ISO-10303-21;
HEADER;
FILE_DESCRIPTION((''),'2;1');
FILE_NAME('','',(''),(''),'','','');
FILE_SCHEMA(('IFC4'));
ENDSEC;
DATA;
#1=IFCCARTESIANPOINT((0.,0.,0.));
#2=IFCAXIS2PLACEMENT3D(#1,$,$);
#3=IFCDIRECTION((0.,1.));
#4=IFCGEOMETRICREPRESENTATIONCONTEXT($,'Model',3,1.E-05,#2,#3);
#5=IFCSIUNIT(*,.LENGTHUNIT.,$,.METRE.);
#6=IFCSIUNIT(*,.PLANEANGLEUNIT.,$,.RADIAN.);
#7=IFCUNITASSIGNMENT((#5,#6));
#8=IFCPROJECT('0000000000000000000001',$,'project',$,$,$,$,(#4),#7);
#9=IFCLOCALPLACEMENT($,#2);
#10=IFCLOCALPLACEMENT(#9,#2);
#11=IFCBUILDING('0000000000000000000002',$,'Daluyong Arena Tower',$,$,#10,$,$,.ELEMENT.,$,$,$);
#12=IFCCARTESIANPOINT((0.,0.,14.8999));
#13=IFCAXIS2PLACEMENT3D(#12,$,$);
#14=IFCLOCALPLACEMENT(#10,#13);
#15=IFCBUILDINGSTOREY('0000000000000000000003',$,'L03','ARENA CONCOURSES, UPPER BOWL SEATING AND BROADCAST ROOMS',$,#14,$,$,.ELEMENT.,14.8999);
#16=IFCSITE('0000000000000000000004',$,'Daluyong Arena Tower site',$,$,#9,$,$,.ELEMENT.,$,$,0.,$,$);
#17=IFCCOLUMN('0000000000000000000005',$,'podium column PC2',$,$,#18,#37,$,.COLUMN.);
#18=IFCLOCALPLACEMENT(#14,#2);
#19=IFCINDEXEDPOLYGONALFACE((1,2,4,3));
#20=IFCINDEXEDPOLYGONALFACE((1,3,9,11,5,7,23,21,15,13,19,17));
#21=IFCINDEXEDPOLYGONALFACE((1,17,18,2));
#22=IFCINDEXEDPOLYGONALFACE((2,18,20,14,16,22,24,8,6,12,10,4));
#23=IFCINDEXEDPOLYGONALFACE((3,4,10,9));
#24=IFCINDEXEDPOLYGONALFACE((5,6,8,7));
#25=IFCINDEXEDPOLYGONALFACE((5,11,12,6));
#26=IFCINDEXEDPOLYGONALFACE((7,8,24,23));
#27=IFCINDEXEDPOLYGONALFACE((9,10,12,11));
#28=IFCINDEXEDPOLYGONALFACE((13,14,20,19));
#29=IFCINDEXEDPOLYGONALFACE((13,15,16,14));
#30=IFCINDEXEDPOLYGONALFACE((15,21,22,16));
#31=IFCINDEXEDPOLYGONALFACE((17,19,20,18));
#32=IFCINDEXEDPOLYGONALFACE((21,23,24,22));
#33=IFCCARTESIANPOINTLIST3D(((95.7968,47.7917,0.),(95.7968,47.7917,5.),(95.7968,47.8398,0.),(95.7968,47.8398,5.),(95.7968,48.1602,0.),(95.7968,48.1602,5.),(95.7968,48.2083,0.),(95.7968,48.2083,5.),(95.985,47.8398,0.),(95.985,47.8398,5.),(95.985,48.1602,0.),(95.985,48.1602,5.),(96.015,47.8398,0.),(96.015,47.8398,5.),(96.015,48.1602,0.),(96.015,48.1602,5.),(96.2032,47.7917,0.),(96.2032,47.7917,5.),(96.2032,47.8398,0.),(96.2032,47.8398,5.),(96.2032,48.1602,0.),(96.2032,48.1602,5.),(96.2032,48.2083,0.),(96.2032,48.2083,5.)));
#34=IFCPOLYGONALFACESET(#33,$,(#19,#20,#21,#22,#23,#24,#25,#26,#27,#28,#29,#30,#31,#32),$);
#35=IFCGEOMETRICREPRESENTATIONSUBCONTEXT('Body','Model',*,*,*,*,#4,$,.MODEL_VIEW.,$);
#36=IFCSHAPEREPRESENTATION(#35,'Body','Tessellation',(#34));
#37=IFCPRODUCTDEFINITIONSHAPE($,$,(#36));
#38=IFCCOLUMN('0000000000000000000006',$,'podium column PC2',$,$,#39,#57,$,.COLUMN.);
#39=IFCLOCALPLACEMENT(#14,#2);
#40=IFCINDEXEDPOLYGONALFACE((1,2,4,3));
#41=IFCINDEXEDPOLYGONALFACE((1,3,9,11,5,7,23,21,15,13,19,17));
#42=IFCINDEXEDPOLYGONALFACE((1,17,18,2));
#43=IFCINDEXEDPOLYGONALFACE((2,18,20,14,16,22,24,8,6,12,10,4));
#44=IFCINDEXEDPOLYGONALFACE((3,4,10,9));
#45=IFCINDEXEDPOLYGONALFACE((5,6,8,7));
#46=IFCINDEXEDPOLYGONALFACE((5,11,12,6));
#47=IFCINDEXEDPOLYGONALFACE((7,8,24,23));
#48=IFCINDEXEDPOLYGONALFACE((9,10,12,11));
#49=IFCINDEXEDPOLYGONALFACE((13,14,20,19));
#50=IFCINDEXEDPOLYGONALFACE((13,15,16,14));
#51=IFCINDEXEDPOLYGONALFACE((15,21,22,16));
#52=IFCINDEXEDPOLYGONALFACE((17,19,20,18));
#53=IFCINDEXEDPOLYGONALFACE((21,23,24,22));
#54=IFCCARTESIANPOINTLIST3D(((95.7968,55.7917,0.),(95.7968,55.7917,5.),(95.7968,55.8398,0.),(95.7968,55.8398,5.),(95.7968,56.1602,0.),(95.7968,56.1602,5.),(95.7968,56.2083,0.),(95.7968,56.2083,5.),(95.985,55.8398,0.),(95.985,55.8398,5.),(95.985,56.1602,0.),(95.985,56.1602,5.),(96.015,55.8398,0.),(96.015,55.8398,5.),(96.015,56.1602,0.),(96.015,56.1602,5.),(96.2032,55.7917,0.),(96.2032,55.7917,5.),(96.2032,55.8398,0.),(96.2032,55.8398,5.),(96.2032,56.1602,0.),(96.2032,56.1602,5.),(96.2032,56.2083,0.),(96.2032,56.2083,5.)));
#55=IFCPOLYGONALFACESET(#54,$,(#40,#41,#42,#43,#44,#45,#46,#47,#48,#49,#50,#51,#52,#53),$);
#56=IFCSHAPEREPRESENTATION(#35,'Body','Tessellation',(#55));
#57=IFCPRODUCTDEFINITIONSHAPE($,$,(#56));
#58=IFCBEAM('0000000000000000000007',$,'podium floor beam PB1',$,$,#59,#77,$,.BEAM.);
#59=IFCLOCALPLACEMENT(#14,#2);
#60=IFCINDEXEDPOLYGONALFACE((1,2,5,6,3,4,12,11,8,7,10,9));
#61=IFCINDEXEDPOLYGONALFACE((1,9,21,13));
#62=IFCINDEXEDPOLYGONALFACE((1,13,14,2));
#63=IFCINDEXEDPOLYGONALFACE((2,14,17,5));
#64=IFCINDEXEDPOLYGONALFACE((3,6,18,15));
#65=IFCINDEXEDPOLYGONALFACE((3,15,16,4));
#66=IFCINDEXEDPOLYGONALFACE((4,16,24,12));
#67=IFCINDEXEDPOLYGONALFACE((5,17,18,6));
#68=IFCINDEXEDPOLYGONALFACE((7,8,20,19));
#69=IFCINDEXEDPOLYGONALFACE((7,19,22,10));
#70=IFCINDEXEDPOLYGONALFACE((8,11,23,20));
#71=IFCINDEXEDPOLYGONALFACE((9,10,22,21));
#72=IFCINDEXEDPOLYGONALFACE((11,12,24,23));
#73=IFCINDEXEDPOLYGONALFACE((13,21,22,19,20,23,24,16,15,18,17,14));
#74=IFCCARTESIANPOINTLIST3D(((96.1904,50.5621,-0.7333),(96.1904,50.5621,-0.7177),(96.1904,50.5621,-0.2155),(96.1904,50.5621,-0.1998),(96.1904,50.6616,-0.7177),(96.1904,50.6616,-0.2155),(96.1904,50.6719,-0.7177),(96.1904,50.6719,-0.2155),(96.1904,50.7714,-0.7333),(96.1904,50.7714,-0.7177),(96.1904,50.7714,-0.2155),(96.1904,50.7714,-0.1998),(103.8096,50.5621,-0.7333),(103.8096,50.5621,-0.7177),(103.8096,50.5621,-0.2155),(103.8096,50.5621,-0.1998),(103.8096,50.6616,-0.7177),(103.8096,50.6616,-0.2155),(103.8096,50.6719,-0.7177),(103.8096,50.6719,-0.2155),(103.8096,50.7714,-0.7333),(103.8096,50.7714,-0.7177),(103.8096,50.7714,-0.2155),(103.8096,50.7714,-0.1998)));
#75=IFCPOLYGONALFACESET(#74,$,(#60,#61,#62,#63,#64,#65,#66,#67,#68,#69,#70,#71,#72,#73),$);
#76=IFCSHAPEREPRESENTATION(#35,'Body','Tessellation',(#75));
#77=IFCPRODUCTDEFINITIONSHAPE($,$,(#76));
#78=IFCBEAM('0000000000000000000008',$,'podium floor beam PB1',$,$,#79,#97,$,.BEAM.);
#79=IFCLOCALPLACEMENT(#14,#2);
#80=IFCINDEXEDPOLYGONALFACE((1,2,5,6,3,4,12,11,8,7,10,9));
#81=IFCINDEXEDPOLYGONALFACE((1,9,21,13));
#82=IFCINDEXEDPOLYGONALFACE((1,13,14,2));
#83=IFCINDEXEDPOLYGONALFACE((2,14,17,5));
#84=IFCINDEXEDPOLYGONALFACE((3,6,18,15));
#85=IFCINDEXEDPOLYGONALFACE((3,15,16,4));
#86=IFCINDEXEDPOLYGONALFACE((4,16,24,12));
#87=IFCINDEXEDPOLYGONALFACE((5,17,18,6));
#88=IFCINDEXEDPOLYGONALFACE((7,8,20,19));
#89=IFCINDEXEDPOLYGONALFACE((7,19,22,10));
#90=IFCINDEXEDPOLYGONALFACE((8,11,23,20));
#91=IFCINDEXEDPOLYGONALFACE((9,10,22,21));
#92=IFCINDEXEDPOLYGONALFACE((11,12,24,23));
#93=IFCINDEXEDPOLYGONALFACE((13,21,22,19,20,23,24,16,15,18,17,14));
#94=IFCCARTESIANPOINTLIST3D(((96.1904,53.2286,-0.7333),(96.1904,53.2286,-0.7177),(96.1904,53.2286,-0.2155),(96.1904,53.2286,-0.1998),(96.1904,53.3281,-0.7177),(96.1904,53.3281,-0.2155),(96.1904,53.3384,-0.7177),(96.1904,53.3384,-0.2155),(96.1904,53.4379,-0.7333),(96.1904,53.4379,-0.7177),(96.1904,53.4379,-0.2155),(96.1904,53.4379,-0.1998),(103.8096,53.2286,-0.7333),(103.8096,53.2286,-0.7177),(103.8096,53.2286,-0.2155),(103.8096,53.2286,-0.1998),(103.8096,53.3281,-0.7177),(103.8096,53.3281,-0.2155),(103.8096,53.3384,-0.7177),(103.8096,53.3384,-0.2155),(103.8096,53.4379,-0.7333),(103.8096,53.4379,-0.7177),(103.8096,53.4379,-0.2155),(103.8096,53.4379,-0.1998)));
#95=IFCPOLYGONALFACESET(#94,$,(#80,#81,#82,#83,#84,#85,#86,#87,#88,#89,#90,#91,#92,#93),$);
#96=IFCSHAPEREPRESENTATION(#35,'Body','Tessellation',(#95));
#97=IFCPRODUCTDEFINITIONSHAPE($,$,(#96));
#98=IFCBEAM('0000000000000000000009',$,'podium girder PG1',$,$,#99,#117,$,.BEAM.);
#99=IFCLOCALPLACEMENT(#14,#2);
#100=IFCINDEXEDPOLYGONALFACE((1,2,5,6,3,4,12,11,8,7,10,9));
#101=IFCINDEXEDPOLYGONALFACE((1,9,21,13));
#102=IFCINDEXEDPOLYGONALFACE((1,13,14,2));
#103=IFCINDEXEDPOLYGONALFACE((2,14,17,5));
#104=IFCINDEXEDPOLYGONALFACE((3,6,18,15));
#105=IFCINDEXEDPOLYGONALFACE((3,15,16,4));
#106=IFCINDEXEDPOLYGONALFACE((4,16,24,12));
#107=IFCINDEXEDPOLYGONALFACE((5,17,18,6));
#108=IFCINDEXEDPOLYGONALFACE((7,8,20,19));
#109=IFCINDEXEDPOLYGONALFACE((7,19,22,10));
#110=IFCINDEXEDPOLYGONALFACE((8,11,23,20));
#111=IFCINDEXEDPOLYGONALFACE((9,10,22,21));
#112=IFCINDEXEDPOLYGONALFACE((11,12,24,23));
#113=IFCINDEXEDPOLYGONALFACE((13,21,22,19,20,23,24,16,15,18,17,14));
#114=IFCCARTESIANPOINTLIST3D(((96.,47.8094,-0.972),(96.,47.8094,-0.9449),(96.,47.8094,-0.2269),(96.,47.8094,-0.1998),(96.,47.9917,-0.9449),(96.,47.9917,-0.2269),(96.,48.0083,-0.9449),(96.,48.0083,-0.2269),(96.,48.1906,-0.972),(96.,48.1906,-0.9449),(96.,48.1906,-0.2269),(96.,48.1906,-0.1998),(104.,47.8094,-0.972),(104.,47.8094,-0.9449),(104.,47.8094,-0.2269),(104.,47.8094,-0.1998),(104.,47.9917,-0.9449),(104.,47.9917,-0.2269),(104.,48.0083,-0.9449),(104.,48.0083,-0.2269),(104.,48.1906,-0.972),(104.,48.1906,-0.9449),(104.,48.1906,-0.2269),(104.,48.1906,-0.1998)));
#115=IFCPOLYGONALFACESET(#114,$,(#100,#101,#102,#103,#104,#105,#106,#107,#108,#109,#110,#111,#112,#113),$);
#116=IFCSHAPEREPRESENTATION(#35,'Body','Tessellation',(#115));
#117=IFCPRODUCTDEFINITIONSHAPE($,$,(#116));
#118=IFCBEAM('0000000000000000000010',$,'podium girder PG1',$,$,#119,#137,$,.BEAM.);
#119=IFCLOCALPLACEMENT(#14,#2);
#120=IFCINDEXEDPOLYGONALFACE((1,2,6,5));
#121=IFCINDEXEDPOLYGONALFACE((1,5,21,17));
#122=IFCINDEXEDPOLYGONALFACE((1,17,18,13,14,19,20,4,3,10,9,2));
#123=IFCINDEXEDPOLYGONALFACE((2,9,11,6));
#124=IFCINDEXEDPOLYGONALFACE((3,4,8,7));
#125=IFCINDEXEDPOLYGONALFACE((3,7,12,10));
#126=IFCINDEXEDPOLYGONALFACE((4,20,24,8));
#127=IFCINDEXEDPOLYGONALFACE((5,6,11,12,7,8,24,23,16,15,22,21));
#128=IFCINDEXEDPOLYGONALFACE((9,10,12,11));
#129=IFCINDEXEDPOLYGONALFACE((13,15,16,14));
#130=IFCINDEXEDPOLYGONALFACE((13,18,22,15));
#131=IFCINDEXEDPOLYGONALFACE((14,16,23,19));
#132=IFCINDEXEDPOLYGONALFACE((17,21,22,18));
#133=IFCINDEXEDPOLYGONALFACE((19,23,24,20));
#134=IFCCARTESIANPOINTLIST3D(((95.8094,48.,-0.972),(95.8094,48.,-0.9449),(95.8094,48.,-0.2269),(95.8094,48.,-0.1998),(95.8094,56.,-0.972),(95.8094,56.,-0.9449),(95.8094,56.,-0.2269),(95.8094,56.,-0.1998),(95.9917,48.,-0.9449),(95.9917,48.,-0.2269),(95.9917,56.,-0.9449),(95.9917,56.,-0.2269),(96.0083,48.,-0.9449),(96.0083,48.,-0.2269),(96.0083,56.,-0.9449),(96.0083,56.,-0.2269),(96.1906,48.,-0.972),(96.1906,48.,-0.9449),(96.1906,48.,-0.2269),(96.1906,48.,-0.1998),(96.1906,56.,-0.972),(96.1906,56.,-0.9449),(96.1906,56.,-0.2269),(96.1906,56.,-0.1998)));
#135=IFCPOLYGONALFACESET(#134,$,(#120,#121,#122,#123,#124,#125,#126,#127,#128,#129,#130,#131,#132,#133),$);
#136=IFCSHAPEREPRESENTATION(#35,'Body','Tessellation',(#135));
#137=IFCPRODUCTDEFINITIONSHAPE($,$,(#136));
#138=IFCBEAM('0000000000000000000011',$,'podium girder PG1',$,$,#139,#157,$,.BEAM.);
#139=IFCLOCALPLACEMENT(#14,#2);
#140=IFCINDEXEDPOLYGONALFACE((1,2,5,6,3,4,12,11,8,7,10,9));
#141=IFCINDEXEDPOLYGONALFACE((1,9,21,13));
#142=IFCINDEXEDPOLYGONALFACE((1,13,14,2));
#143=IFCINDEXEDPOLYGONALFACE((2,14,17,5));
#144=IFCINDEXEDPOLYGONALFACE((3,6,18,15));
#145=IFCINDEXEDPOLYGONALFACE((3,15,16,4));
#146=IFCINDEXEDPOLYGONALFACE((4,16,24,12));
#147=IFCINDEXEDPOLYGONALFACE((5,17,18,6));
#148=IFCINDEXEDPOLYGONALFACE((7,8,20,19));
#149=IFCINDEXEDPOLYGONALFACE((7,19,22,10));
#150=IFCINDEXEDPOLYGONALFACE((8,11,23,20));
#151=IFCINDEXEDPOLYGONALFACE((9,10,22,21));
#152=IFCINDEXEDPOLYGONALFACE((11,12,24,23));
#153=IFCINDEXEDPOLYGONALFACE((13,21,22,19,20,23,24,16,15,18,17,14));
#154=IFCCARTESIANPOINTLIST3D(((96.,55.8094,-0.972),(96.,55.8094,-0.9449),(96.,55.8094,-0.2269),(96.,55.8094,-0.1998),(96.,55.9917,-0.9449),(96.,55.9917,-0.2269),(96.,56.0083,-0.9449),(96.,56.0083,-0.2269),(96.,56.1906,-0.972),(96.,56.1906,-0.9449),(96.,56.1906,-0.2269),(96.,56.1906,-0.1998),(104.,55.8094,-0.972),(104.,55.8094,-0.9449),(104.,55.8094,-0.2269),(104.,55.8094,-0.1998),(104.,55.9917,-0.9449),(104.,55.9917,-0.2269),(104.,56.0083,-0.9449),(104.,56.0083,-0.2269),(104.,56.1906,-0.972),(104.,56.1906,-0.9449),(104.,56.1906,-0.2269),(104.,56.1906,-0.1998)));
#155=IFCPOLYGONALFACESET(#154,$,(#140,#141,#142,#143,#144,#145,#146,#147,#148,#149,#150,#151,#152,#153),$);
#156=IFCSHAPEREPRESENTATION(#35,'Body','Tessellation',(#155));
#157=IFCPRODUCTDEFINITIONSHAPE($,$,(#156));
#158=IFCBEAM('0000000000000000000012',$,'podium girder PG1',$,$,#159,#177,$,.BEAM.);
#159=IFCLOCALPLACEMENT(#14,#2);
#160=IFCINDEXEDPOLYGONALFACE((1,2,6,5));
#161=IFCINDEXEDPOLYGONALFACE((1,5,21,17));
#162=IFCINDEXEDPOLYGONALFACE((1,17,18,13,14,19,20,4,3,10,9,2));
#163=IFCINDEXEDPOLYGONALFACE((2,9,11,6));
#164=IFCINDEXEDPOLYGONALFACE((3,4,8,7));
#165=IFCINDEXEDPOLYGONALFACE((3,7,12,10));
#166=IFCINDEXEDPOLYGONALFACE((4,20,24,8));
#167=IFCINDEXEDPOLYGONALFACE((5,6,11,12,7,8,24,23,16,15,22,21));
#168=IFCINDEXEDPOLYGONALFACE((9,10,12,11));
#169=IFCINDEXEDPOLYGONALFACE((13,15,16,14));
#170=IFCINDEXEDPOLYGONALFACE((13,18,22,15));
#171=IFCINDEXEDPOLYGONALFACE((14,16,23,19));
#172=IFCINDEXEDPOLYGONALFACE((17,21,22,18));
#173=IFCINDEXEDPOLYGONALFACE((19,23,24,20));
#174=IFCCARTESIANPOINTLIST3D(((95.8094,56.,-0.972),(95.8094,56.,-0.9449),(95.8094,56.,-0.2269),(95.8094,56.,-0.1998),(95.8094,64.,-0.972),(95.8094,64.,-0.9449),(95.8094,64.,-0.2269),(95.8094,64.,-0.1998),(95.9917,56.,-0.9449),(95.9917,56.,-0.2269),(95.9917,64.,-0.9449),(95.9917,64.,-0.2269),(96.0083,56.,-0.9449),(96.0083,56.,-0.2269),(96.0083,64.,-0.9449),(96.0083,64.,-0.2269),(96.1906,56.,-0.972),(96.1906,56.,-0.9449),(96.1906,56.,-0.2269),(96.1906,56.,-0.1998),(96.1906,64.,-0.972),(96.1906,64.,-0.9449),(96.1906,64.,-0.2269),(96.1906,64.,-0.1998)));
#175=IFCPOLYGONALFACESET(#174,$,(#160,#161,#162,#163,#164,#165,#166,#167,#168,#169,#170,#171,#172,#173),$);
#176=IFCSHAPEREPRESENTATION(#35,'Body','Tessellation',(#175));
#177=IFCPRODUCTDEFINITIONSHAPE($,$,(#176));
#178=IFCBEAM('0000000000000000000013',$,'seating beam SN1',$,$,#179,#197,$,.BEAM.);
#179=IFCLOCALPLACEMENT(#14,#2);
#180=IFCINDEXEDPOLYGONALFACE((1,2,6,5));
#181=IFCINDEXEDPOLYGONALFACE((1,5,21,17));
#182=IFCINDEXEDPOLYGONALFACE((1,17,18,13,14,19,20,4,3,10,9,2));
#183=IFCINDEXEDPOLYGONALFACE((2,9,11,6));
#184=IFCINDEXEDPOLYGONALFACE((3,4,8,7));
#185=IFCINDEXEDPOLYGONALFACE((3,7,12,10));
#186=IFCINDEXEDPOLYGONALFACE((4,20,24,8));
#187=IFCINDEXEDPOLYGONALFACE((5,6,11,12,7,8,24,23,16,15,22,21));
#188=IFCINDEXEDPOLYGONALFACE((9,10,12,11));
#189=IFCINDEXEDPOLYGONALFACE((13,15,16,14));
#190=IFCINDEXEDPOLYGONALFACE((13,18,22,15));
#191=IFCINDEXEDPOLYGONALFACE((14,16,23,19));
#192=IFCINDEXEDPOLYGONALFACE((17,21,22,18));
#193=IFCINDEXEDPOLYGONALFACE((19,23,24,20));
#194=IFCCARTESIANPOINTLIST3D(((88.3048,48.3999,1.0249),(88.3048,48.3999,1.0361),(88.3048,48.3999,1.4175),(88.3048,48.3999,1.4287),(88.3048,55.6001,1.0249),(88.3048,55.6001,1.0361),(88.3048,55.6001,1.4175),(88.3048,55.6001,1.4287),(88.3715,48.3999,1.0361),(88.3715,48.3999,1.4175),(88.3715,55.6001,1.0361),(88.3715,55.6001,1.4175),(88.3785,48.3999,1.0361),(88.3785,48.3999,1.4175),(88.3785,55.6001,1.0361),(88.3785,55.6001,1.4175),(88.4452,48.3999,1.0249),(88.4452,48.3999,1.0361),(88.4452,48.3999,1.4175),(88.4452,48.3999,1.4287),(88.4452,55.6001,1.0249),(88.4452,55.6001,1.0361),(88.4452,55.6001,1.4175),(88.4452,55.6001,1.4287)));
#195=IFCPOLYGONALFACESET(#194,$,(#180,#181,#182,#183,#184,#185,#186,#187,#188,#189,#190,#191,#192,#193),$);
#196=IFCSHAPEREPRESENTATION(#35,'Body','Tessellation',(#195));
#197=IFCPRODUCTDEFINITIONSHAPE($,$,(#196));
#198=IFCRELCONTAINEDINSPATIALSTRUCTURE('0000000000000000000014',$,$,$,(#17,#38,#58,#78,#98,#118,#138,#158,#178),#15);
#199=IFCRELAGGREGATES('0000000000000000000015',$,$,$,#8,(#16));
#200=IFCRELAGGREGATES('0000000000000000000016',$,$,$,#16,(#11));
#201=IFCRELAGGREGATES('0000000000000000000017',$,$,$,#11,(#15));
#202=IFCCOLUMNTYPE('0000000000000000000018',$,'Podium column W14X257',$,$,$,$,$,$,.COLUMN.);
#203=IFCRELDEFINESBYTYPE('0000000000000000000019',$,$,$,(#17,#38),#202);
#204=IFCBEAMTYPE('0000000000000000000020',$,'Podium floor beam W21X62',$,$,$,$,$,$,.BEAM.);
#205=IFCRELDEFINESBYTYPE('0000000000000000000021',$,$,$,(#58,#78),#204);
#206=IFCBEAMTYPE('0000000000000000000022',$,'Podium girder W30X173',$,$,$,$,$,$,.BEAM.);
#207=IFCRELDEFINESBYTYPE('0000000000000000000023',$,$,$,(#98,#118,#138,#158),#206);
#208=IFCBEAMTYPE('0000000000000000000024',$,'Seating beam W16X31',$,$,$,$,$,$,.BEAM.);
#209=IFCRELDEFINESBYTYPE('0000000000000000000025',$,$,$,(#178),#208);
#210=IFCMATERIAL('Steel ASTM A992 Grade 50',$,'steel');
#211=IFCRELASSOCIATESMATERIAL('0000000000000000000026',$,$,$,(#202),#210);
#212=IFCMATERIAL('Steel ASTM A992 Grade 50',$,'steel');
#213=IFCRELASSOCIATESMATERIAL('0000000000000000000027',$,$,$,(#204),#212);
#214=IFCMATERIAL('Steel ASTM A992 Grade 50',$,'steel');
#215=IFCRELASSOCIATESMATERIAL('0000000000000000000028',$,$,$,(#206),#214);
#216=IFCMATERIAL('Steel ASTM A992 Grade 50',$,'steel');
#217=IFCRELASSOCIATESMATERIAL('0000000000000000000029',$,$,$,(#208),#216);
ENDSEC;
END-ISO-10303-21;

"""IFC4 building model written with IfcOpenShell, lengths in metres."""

from ifc_helpers import new_model, si_unit, direction, frame, origin, origin_2d, place, context, subcontext, project, spatial, i_section, extrude, material, material_profile, profile_set, type_object, element, save


model = new_model("IFC4")

# Units and contexts
model_context = context("Model", 3, precision=1e-05, world=origin(), true_north=direction((0.0, 1.0)))
body_context = subcontext(model_context, "Body", "Model", "MODEL_VIEW")
ifc_project = project(units=[si_unit("LENGTHUNIT", "METRE"), si_unit("PLANEANGLEUNIT", "RADIAN")], contexts=[model_context])

# Site, building, storey
site_placement = place(None, origin())
site = spatial("IfcSite", under=ifc_project, at=site_placement, Name="Daluyong Arena Tower site", CompositionType="ELEMENT", RefElevation=0.0)
building_placement = place(site_placement, origin())
building = spatial("IfcBuilding", under=site, at=building_placement, Name="Daluyong Arena Tower", CompositionType="ELEMENT")
storey_placement = place(building_placement, frame((0.0, 0.0, 14.8999)))
storey = spatial("IfcBuildingStorey", under=building, at=storey_placement, Name="L03", Description="ARENA CONCOURSES, UPPER BOWL SEATING AND BROADCAST ROOMS", CompositionType="ELEMENT", Elevation=14.8999)

# Columns
ifc_material_1 = material(Name="Steel ASTM A992 Grade 50", Category="steel")
ifc_material_profile_1 = material_profile(ifc_material_1, i_section(OverallWidth=0.4065, OverallDepth=0.4165, WebThickness=0.03, FlangeThickness=0.0481, at=origin_2d()))
ifc_profile_set_1 = profile_set([ifc_material_profile_1], Name="Steel ASTM A992 Grade 50")
column_type = type_object("IfcColumnType", Name="Podium column W14X257", PredefinedType="COLUMN", material=ifc_profile_set_1)
for number, where, z_axis, x_axis, name in (
    (1, (96.0, 48.0, 0.0), (0.0, 0.0, 1.0), (1.0, 0.0, 0.0), "podium column PC2"),
    (2, (96.0, 56.0, 0.0), (0.0, 0.0, 1.0), (1.0, 0.0, 0.0), "podium column PC2"),
):
    element("IfcColumn", number, at=place(storey_placement, frame(where, z_axis=z_axis, x_axis=x_axis)), inside=storey, type_object=column_type, Name=name, PredefinedType="COLUMN", context=body_context, shape_type="SweptSolid", body=[
        extrude(i_section(OverallWidth=0.4065, OverallDepth=0.4165, WebThickness=0.03, FlangeThickness=0.0481, at=origin_2d()), origin(), (0.0, 0.0, 1.0), 5.0),
    ])

# Beams
ifc_material_2 = material(Name="Steel ASTM A992 Grade 50", Category="steel")
ifc_material_profile_2 = material_profile(ifc_material_2, i_section(OverallWidth=0.2092, OverallDepth=0.5334, WebThickness=0.0103, FlangeThickness=0.0156, at=origin_2d()))
ifc_profile_set_2 = profile_set([ifc_material_profile_2], Name="Steel ASTM A992 Grade 50")
beam_type_1 = type_object("IfcBeamType", Name="Podium floor beam W21X62", PredefinedType="BEAM", material=ifc_profile_set_2)
for number, where, z_axis, x_axis, name in (
    (3, (96.1904, 50.6667, -0.4666), (1.0, 0.0, 0.0), (0.0, 1.0, 0.0), "podium floor beam PB1"),
    (4, (96.1904, 53.3333, -0.4666), (1.0, 0.0, 0.0), (0.0, 1.0, 0.0), "podium floor beam PB1"),
):
    element("IfcBeam", number, at=place(storey_placement, frame(where, z_axis=z_axis, x_axis=x_axis)), inside=storey, type_object=beam_type_1, Name=name, PredefinedType="BEAM", context=body_context, shape_type="SweptSolid", body=[
        extrude(i_section(OverallWidth=0.2092, OverallDepth=0.5334, WebThickness=0.0103, FlangeThickness=0.0156, at=origin_2d()), origin(), (0.0, 0.0, 1.0), 7.6191),
    ])
ifc_material_3 = material(Name="Steel ASTM A992 Grade 50", Category="steel")
ifc_material_profile_3 = material_profile(ifc_material_3, i_section(OverallWidth=0.3811, OverallDepth=0.7722, WebThickness=0.0166, FlangeThickness=0.0271, at=origin_2d()))
ifc_profile_set_3 = profile_set([ifc_material_profile_3], Name="Steel ASTM A992 Grade 50")
beam_type_2 = type_object("IfcBeamType", Name="Podium girder W30X173", PredefinedType="BEAM", material=ifc_profile_set_3)
for number, where, z_axis, x_axis, name in (
    (5, (96.0, 48.0, -0.5859), (1.0, 0.0, 0.0), (0.0, 1.0, 0.0), "podium girder PG1"),
    (6, (96.0, 48.0, -0.5859), (0.0, 1.0, 0.0), (-1.0, 0.0, 0.0), "podium girder PG1"),
    (7, (96.0, 56.0, -0.5859), (1.0, 0.0, 0.0), (0.0, 1.0, 0.0), "podium girder PG1"),
    (8, (96.0, 56.0, -0.5859), (0.0, 1.0, 0.0), (-1.0, 0.0, 0.0), "podium girder PG1"),
):
    element("IfcBeam", number, at=place(storey_placement, frame(where, z_axis=z_axis, x_axis=x_axis)), inside=storey, type_object=beam_type_2, Name=name, PredefinedType="BEAM", context=body_context, shape_type="SweptSolid", body=[
        extrude(i_section(OverallWidth=0.3811, OverallDepth=0.7722, WebThickness=0.0166, FlangeThickness=0.0271, at=origin_2d()), origin(), (0.0, 0.0, 1.0), 8.0),
    ])
ifc_material_4 = material(Name="Steel ASTM A992 Grade 50", Category="steel")
ifc_material_profile_4 = material_profile(ifc_material_4, i_section(OverallWidth=0.1404, OverallDepth=0.4038, WebThickness=0.0071, FlangeThickness=0.0112, at=origin_2d()))
ifc_profile_set_4 = profile_set([ifc_material_profile_4], Name="Steel ASTM A992 Grade 50")
beam_type_3 = type_object("IfcBeamType", Name="Seating beam W16X31", PredefinedType="BEAM", material=ifc_profile_set_4)
for number, where, z_axis, x_axis, name in (
    (9, (88.375, 48.3999, 1.2268), (0.0, 1.0, 0.0), (-1.0, 0.0, 0.0), "seating beam SN1"),
):
    element("IfcBeam", number, at=place(storey_placement, frame(where, z_axis=z_axis, x_axis=x_axis)), inside=storey, type_object=beam_type_3, Name=name, PredefinedType="BEAM", context=body_context, shape_type="SweptSolid", body=[
        extrude(i_section(OverallWidth=0.1404, OverallDepth=0.4038, WebThickness=0.0071, FlangeThickness=0.0112, at=origin_2d()), origin(), (0.0, 0.0, 1.0), 7.2002),
    ])

save(model, "model.ifc")
